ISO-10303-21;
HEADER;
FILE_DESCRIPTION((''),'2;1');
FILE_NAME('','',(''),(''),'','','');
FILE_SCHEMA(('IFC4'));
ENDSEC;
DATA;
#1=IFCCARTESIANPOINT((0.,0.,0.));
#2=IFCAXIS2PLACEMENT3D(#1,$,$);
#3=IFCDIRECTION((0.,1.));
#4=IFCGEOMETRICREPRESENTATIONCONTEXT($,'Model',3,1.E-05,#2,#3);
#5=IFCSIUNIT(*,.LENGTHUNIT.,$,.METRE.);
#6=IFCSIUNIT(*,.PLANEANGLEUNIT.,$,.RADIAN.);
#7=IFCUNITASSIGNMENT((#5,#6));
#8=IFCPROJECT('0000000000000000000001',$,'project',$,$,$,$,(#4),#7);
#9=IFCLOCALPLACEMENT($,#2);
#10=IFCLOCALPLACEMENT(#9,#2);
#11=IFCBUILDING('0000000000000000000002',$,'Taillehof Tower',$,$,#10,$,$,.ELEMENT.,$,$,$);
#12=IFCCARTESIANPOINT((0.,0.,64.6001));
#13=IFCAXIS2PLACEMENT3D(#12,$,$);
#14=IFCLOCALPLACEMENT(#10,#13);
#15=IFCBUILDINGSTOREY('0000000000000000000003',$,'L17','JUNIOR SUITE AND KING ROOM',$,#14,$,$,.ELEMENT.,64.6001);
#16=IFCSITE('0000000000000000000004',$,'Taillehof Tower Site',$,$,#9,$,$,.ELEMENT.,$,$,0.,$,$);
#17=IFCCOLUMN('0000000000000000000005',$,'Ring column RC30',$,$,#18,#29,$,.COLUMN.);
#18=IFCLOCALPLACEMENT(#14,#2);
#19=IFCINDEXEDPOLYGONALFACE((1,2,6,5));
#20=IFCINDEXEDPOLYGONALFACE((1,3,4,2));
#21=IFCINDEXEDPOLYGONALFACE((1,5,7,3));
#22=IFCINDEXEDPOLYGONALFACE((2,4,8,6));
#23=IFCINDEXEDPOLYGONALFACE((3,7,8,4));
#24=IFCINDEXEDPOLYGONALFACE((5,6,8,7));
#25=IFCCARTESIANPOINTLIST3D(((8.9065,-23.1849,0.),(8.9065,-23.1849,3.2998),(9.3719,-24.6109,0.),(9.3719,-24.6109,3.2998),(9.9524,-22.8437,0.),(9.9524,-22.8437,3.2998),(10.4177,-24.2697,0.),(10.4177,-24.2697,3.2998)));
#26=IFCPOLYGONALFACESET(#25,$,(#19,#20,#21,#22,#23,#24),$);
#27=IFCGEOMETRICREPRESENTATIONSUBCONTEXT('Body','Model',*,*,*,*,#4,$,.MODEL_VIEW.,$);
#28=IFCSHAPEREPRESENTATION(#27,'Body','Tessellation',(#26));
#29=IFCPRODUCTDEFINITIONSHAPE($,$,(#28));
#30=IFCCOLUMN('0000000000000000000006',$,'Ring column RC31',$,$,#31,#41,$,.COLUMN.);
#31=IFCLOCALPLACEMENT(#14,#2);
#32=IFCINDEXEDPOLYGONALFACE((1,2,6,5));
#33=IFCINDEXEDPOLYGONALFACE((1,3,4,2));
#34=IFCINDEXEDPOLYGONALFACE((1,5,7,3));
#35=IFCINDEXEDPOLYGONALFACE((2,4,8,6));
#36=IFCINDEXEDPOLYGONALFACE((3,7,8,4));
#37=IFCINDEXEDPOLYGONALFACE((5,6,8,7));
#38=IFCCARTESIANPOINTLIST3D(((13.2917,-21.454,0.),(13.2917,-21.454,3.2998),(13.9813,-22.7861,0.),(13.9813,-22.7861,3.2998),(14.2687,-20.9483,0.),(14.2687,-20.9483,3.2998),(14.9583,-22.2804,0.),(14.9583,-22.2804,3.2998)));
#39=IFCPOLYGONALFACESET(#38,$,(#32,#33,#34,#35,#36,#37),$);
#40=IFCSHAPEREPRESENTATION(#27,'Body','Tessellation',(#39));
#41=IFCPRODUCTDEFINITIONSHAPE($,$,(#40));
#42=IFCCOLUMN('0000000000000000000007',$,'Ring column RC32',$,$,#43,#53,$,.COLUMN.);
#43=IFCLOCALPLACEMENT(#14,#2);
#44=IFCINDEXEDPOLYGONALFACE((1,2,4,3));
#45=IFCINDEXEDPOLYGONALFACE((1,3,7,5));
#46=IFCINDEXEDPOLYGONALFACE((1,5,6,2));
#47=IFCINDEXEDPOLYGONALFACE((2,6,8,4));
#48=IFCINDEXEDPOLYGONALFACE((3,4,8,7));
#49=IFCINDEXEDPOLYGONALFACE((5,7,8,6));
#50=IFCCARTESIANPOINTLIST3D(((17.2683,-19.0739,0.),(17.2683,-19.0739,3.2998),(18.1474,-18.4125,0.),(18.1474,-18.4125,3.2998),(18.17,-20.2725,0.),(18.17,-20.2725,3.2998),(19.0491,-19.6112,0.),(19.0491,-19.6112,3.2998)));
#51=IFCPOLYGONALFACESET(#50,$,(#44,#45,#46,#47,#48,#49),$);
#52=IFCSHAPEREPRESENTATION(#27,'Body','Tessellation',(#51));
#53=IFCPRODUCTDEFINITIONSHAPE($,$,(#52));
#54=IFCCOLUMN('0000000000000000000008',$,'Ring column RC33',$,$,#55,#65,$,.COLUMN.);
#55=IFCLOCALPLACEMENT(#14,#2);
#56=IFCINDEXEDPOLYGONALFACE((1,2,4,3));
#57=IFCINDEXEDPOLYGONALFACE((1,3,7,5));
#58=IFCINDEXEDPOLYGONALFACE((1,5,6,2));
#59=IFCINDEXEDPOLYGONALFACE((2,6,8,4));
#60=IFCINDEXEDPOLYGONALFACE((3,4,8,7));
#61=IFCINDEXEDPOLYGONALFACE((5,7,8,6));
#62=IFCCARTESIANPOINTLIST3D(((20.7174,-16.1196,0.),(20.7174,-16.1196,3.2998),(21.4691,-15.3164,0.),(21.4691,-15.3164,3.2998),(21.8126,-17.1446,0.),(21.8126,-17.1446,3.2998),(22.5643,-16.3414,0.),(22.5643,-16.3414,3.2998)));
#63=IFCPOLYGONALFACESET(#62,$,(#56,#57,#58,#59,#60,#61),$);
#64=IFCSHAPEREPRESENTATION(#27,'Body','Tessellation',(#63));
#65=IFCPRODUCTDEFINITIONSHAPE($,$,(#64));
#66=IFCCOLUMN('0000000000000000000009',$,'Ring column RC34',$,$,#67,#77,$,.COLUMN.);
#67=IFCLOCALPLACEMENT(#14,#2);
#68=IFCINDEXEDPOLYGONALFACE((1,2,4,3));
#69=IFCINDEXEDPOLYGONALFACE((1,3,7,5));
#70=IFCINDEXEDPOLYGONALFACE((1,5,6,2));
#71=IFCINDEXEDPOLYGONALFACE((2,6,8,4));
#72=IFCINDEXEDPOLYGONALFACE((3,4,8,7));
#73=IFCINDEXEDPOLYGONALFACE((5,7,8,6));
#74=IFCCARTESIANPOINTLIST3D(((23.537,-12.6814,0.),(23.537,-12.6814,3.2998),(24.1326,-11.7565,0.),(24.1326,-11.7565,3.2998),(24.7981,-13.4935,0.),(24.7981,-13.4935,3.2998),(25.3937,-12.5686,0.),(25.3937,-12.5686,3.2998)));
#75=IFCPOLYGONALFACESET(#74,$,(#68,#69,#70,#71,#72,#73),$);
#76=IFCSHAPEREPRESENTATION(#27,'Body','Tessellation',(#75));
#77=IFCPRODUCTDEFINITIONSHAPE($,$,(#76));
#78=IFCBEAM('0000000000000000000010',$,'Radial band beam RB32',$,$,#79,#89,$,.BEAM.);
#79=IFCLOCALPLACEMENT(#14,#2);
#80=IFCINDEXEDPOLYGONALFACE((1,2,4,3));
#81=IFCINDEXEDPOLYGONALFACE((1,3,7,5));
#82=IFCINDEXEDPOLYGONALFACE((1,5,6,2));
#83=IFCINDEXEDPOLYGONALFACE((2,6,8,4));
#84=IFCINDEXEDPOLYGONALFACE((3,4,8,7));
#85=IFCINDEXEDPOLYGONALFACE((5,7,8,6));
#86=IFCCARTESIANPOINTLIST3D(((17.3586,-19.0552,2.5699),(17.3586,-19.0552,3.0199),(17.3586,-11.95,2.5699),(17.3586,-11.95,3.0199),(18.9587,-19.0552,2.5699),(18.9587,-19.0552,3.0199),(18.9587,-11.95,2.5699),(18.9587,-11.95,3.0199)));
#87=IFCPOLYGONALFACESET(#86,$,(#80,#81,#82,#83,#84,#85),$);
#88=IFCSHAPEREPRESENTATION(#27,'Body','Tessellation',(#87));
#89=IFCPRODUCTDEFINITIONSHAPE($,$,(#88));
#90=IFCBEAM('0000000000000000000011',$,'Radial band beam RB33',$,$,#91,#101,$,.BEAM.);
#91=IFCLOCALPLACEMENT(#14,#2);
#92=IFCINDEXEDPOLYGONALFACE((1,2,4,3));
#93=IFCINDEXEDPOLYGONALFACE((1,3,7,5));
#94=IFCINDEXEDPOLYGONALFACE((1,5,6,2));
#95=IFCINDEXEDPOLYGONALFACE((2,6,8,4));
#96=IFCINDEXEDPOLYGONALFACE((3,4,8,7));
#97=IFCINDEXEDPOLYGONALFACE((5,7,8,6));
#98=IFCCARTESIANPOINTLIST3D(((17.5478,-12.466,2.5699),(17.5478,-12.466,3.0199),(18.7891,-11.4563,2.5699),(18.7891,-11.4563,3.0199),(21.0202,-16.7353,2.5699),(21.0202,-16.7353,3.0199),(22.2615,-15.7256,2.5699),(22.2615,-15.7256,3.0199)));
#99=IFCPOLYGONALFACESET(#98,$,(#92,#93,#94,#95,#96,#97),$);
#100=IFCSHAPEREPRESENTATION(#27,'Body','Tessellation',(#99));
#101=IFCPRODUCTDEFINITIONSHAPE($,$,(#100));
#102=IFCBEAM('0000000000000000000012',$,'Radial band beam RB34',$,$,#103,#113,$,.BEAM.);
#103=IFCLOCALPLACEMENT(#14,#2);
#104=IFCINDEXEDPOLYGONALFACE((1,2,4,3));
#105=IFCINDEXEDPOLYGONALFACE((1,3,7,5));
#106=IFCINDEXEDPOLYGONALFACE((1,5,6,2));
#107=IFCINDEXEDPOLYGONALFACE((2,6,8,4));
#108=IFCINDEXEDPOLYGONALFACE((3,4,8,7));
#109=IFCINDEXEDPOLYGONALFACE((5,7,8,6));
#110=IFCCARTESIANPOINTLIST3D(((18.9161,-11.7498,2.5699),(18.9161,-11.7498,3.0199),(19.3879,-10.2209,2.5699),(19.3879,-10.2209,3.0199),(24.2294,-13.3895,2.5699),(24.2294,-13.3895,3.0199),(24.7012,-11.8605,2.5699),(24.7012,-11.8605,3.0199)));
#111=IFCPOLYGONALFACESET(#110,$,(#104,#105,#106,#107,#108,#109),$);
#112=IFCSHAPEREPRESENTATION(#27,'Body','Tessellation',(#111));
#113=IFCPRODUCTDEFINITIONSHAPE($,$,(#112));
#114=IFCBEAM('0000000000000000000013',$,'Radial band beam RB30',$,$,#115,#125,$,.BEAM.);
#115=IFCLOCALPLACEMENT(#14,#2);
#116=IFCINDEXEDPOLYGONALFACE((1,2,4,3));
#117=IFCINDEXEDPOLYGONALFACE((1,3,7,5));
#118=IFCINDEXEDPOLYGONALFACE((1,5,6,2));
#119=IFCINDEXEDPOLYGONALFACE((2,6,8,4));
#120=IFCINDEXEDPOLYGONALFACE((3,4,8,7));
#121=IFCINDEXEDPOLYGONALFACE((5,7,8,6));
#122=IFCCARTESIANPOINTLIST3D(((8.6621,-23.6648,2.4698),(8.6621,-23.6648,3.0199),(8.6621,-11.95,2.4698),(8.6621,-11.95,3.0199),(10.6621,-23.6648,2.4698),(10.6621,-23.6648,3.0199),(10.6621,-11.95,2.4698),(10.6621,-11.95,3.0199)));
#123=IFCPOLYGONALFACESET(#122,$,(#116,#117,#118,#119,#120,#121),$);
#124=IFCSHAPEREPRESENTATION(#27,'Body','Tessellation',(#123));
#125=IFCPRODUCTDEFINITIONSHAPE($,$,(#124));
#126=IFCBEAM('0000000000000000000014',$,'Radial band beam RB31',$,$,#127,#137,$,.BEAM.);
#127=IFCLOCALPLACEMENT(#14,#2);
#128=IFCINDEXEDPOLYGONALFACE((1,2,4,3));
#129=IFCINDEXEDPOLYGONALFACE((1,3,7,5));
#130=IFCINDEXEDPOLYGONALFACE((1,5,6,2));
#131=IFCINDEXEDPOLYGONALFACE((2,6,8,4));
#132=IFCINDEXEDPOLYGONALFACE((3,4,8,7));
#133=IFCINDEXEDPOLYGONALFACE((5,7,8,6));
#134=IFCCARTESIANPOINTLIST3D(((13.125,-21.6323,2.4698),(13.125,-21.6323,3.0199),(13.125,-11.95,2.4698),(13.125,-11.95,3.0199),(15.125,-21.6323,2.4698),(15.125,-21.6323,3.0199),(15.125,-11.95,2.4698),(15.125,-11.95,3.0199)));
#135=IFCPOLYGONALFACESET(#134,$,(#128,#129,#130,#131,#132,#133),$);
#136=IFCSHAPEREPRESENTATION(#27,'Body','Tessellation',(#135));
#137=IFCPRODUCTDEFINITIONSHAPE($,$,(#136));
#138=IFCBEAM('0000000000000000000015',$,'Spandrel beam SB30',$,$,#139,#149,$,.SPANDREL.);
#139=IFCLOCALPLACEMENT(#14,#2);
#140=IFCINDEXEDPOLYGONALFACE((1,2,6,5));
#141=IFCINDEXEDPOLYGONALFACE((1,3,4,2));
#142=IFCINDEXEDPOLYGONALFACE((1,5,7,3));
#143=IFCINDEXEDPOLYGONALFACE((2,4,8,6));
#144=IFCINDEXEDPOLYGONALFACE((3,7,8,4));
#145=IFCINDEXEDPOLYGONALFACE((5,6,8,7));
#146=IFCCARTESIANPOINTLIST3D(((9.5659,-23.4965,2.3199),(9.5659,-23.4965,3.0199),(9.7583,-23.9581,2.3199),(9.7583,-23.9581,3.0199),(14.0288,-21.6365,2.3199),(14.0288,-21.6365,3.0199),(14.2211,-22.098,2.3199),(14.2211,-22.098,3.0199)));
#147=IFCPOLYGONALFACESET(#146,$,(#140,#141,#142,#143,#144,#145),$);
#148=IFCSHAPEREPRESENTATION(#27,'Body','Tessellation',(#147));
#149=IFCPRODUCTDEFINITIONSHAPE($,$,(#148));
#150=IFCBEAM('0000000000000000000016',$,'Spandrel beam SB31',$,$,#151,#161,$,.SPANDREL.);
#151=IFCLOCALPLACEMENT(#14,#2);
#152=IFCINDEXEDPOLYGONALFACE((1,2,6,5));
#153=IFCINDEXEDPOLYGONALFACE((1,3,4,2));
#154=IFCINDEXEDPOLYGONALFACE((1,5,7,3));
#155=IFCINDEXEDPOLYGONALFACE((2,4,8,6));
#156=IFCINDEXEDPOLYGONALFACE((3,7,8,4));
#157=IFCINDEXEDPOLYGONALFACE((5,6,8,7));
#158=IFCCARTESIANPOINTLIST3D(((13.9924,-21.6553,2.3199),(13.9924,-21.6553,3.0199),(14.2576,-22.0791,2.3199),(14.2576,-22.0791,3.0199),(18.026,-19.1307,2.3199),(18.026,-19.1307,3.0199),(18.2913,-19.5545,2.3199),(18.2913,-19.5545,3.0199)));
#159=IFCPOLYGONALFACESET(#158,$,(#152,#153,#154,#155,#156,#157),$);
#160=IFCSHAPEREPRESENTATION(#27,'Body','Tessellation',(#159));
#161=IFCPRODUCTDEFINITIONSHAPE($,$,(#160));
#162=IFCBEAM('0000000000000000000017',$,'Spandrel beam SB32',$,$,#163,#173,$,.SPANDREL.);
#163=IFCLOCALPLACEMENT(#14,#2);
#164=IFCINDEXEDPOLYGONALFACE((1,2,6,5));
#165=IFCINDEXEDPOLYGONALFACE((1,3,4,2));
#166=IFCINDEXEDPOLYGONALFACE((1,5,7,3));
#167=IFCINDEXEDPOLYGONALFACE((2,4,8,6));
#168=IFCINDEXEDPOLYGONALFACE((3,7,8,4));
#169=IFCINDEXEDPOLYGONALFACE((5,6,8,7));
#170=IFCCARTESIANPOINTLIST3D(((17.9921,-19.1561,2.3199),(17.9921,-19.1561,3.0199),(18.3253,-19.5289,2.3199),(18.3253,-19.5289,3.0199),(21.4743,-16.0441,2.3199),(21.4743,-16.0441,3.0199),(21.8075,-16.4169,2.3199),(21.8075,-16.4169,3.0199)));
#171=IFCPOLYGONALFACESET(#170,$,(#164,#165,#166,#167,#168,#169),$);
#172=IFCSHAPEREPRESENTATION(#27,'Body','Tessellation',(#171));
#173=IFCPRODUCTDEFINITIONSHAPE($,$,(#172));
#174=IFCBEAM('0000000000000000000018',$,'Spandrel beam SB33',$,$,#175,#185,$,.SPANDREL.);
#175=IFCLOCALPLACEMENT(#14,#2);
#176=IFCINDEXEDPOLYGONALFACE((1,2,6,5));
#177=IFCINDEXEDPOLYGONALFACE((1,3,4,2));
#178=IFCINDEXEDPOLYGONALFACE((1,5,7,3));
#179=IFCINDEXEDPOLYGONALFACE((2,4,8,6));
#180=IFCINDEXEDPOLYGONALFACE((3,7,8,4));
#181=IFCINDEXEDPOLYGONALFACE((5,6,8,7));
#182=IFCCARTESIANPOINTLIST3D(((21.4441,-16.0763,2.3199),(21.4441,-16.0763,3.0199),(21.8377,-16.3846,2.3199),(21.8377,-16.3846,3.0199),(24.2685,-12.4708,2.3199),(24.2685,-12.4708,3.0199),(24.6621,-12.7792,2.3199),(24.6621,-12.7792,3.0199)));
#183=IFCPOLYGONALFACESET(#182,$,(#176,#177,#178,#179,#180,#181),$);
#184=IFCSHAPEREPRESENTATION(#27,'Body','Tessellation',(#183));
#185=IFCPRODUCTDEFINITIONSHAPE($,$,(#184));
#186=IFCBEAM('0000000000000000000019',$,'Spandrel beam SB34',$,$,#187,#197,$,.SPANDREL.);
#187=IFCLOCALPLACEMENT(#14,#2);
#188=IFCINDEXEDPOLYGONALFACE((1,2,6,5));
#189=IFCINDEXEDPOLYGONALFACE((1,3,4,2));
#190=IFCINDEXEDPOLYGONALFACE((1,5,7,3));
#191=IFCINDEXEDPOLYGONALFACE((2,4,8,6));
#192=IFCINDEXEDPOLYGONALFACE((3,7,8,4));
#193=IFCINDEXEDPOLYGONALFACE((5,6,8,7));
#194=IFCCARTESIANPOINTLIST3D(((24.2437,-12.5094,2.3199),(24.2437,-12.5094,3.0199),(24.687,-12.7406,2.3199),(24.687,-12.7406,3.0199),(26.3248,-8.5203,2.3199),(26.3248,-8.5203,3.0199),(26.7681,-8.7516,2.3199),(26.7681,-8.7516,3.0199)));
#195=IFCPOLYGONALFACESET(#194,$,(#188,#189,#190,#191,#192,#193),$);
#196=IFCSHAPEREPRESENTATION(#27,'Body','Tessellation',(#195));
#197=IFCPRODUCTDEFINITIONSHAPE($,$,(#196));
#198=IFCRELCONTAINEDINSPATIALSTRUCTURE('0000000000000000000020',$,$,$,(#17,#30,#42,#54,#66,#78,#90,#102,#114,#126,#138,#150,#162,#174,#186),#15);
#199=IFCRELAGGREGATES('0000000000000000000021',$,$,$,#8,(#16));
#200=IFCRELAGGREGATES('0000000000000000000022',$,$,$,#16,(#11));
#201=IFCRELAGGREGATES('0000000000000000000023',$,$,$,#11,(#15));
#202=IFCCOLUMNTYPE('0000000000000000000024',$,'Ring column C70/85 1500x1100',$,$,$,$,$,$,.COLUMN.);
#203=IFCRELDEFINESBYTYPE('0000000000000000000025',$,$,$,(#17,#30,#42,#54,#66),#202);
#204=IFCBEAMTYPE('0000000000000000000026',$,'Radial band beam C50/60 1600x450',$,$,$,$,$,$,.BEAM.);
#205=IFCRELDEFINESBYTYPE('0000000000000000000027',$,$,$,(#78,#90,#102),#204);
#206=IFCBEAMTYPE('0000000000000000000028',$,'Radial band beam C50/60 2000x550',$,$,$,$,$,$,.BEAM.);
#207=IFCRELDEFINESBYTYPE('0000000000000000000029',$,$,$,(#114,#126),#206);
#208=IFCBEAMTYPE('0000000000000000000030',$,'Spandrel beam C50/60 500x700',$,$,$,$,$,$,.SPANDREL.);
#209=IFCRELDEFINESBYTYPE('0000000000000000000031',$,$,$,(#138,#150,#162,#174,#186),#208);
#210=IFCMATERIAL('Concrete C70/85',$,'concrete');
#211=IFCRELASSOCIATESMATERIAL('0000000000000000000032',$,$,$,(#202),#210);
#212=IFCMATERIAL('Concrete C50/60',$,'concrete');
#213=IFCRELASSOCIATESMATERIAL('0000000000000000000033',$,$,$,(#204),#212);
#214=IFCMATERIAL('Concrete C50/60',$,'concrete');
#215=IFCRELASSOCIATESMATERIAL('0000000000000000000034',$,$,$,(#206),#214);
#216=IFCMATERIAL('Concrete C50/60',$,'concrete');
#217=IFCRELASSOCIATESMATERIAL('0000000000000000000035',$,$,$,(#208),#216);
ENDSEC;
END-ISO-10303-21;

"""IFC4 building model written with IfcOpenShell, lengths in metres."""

from ifc_helpers import new_model, si_unit, direction, frame, origin, origin_2d, place, context, subcontext, project, spatial, rectangle, extrude, material, material_profile, profile_set, type_object, element, save


model = new_model("IFC4")

# Units and contexts
model_context = context("Model", 3, precision=1e-05, world=origin(), true_north=direction((0.0, 1.0)))
body_context = subcontext(model_context, "Body", "Model", "MODEL_VIEW")
ifc_project = project(units=[si_unit("LENGTHUNIT", "METRE"), si_unit("PLANEANGLEUNIT", "RADIAN")], contexts=[model_context])

# Site, building, storey
site_placement = place(None, origin())
site = spatial("IfcSite", under=ifc_project, at=site_placement, Name="Taillehof Tower Site", CompositionType="ELEMENT", RefElevation=0.0)
building_placement = place(site_placement, origin())
building = spatial("IfcBuilding", under=site, at=building_placement, Name="Taillehof Tower", CompositionType="ELEMENT")
storey_placement = place(building_placement, frame((0.0, 0.0, 64.6001)))
storey = spatial("IfcBuildingStorey", under=building, at=storey_placement, Name="L17", Description="JUNIOR SUITE AND KING ROOM", CompositionType="ELEMENT", Elevation=64.6001)

# Columns
ifc_material_1 = material(Name="Concrete C70/85", Category="concrete")
ifc_material_profile_1 = material_profile(ifc_material_1, rectangle(XDim=1.5, YDim=1.1001, at=origin_2d()), Name="RC 1500x1100")
ifc_profile_set_1 = profile_set([ifc_material_profile_1], Name="Concrete C70/85")
column_type = type_object("IfcColumnType", Name="Ring column C70/85 1500x1100", PredefinedType="COLUMN", material=ifc_profile_set_1)
for number, where, z_axis, x_axis, name in (
    (1, (9.6621, -23.7273, 0.0), (0.0, 0.0, 1.0), (0.310219, -0.950665, 0.0), "Ring column RC30"),
    (2, (14.125, -21.8672, 0.0), (0.0, 0.0, 1.0), (0.459691, -0.888079, 0.0), "Ring column RC31"),
    (3, (18.1587, -19.3425, 0.0), (0.0, 0.0, 1.0), (0.601174, -0.799118, 0.0), "Ring column RC32"),
    (4, (21.6409, -16.2305, 0.0), (0.0, 0.0, 1.0), (0.730113, -0.683326, 0.0), "Ring column RC33"),
    (5, (24.4653, -12.625, 0.0), (0.0, 0.0, 1.0), (0.840754, -0.541418, 0.0), "Ring column RC34"),
):
    element("IfcColumn", number, at=place(storey_placement, frame(where, z_axis=z_axis, x_axis=x_axis)), inside=storey, type_object=column_type, Name=name, PredefinedType="COLUMN", context=body_context, shape_type="SweptSolid", body=[
        extrude(rectangle(XDim=1.5, YDim=1.1001, at=origin_2d()), origin(), (0.0, 0.0, 1.0), 3.2998),
    ])

# Beams
ifc_material_2 = material(Name="Concrete C50/60", Category="concrete")
ifc_material_profile_2 = material_profile(ifc_material_2, rectangle(XDim=1.6001, YDim=0.45, at=origin_2d()), Name="RC 1600x450")
ifc_profile_set_2 = profile_set([ifc_material_profile_2], Name="Concrete C50/60")
beam_type_1 = type_object("IfcBeamType", Name="Radial band beam C50/60 1600x450", PredefinedType="BEAM", material=ifc_profile_set_2)
beam_1_placement = place(storey_placement, frame((18.1587, -19.0552, 2.7949), z_axis=(0.0, 1.0, 0.0), x_axis=(-1.0, 0.0, 0.0)))
element("IfcBeam", 6, at=beam_1_placement, inside=storey, type_object=beam_type_1, Name="Radial band beam RB32", PredefinedType="BEAM", context=body_context, shape_type="SweptSolid", body=[
    extrude(rectangle(XDim=1.6001, YDim=0.45, at=origin_2d()), origin(), (0.0, 0.0, 1.0), 7.1052),
])
beam_2_placement = place(storey_placement, frame((21.6409, -16.2305, 2.7949), z_axis=(-0.630988, 0.775792, 0.0), x_axis=(-0.775792, -0.630988, 0.0)))
element("IfcBeam", 7, at=beam_2_placement, inside=storey, type_object=beam_type_1, Name="Radial band beam RB33", PredefinedType="BEAM", context=body_context, shape_type="SweptSolid", body=[
    extrude(rectangle(XDim=1.6001, YDim=0.45, at=origin_2d()), origin(), (0.0, 0.0, 1.0), 5.5032),
])
beam_3_placement = place(storey_placement, frame((24.4653, -12.625, 2.7949), z_axis=(-0.955536, 0.294876, 0.0), x_axis=(-0.294876, -0.955536, 0.0)))
element("IfcBeam", 8, at=beam_3_placement, inside=storey, type_object=beam_type_1, Name="Radial band beam RB34", PredefinedType="BEAM", context=body_context, shape_type="SweptSolid", body=[
    extrude(rectangle(XDim=1.6001, YDim=0.45, at=origin_2d()), origin(), (0.0, 0.0, 1.0), 5.5605),
])
ifc_material_3 = material(Name="Concrete C50/60", Category="concrete")
ifc_material_profile_3 = material_profile(ifc_material_3, rectangle(XDim=2.0, YDim=0.55, at=origin_2d()), Name="RC 2000x550")
ifc_profile_set_3 = profile_set([ifc_material_profile_3], Name="Concrete C50/60")
beam_type_2 = type_object("IfcBeamType", Name="Radial band beam C50/60 2000x550", PredefinedType="BEAM", material=ifc_profile_set_3)
beam_4_placement = place(storey_placement, frame((9.6621, -23.6648, 2.7449), z_axis=(0.0, 1.0, 0.0), x_axis=(-1.0, 0.0, 0.0)))
element("IfcBeam", 9, at=beam_4_placement, inside=storey, type_object=beam_type_2, Name="Radial band beam RB30", PredefinedType="BEAM", context=body_context, shape_type="SweptSolid", body=[
    extrude(rectangle(XDim=2.0, YDim=0.55, at=origin_2d()), origin(), (0.0, 0.0, 1.0), 11.7148),
])
beam_5_placement = place(storey_placement, frame((14.125, -21.6323, 2.7449), z_axis=(0.0, 1.0, 0.0), x_axis=(-1.0, 0.0, 0.0)))
element("IfcBeam", 10, at=beam_5_placement, inside=storey, type_object=beam_type_2, Name="Radial band beam RB31", PredefinedType="BEAM", context=body_context, shape_type="SweptSolid", body=[
    extrude(rectangle(XDim=2.0, YDim=0.55, at=origin_2d()), origin(), (0.0, 0.0, 1.0), 9.6824),
])
ifc_material_4 = material(Name="Concrete C50/60", Category="concrete")
ifc_material_profile_4 = material_profile(ifc_material_4, rectangle(XDim=0.5, YDim=0.7, at=origin_2d()), Name="RC 500x700")
ifc_profile_set_4 = profile_set([ifc_material_profile_4], Name="Concrete C50/60")
beam_type_3 = type_object("IfcBeamType", Name="Spandrel beam C50/60 500x700", PredefinedType="SPANDREL", material=ifc_profile_set_4)
beam_6_placement = place(storey_placement, frame((9.6621, -23.7273, 2.6699), z_axis=(0.923035, 0.384716, 0.0), x_axis=(-0.384716, 0.923035, 0.0)))
element("IfcBeam", 11, at=beam_6_placement, inside=storey, type_object=beam_type_3, Name="Spandrel beam SB30", PredefinedType="SPANDREL", context=body_context, shape_type="SweptSolid", body=[
    extrude(rectangle(XDim=0.5, YDim=0.7, at=origin_2d()), origin(), (0.0, 0.0, 1.0), 4.835),
])
beam_7_placement = place(storey_placement, frame((14.125, -21.8672, 2.6699), z_axis=(0.847658, 0.530543, 0.0), x_axis=(-0.530543, 0.847658, 0.0)))
element("IfcBeam", 12, at=beam_7_placement, inside=storey, type_object=beam_type_3, Name="Spandrel beam SB31", PredefinedType="SPANDREL", context=body_context, shape_type="SweptSolid", body=[
    extrude(rectangle(XDim=0.5, YDim=0.7, at=origin_2d()), origin(), (0.0, 0.0, 1.0), 4.7585),
])
beam_8_placement = place(storey_placement, frame((18.1587, -19.3425, 2.6699), z_axis=(0.745621, 0.66637, 0.0), x_axis=(-0.66637, 0.745621, 0.0)))
element("IfcBeam", 13, at=beam_8_placement, inside=storey, type_object=beam_type_3, Name="Spandrel beam SB32", PredefinedType="SPANDREL", context=body_context, shape_type="SweptSolid", body=[
    extrude(rectangle(XDim=0.5, YDim=0.7, at=origin_2d()), origin(), (0.0, 0.0, 1.0), 4.6702),
])
beam_9_placement = place(storey_placement, frame((21.6409, -16.2305, 2.6699), z_axis=(0.616686, 0.787209, 0.0), x_axis=(-0.787209, 0.616686, 0.0)))
element("IfcBeam", 14, at=beam_9_placement, inside=storey, type_object=beam_type_3, Name="Spandrel beam SB33", PredefinedType="SPANDREL", context=body_context, shape_type="SweptSolid", body=[
    extrude(rectangle(XDim=0.5, YDim=0.7, at=origin_2d()), origin(), (0.0, 0.0, 1.0), 4.5801),
])
beam_10_placement = place(storey_placement, frame((24.4653, -12.625, 2.6699), z_axis=(0.462536, 0.8866, 0.0), x_axis=(-0.8866, 0.462536, 0.0)))
element("IfcBeam", 15, at=beam_10_placement, inside=storey, type_object=beam_type_3, Name="Spandrel beam SB34", PredefinedType="SPANDREL", context=body_context, shape_type="SweptSolid", body=[
    extrude(rectangle(XDim=0.5, YDim=0.7, at=origin_2d()), origin(), (0.0, 0.0, 1.0), 4.4993),
])

save(model, "model.ifc")
